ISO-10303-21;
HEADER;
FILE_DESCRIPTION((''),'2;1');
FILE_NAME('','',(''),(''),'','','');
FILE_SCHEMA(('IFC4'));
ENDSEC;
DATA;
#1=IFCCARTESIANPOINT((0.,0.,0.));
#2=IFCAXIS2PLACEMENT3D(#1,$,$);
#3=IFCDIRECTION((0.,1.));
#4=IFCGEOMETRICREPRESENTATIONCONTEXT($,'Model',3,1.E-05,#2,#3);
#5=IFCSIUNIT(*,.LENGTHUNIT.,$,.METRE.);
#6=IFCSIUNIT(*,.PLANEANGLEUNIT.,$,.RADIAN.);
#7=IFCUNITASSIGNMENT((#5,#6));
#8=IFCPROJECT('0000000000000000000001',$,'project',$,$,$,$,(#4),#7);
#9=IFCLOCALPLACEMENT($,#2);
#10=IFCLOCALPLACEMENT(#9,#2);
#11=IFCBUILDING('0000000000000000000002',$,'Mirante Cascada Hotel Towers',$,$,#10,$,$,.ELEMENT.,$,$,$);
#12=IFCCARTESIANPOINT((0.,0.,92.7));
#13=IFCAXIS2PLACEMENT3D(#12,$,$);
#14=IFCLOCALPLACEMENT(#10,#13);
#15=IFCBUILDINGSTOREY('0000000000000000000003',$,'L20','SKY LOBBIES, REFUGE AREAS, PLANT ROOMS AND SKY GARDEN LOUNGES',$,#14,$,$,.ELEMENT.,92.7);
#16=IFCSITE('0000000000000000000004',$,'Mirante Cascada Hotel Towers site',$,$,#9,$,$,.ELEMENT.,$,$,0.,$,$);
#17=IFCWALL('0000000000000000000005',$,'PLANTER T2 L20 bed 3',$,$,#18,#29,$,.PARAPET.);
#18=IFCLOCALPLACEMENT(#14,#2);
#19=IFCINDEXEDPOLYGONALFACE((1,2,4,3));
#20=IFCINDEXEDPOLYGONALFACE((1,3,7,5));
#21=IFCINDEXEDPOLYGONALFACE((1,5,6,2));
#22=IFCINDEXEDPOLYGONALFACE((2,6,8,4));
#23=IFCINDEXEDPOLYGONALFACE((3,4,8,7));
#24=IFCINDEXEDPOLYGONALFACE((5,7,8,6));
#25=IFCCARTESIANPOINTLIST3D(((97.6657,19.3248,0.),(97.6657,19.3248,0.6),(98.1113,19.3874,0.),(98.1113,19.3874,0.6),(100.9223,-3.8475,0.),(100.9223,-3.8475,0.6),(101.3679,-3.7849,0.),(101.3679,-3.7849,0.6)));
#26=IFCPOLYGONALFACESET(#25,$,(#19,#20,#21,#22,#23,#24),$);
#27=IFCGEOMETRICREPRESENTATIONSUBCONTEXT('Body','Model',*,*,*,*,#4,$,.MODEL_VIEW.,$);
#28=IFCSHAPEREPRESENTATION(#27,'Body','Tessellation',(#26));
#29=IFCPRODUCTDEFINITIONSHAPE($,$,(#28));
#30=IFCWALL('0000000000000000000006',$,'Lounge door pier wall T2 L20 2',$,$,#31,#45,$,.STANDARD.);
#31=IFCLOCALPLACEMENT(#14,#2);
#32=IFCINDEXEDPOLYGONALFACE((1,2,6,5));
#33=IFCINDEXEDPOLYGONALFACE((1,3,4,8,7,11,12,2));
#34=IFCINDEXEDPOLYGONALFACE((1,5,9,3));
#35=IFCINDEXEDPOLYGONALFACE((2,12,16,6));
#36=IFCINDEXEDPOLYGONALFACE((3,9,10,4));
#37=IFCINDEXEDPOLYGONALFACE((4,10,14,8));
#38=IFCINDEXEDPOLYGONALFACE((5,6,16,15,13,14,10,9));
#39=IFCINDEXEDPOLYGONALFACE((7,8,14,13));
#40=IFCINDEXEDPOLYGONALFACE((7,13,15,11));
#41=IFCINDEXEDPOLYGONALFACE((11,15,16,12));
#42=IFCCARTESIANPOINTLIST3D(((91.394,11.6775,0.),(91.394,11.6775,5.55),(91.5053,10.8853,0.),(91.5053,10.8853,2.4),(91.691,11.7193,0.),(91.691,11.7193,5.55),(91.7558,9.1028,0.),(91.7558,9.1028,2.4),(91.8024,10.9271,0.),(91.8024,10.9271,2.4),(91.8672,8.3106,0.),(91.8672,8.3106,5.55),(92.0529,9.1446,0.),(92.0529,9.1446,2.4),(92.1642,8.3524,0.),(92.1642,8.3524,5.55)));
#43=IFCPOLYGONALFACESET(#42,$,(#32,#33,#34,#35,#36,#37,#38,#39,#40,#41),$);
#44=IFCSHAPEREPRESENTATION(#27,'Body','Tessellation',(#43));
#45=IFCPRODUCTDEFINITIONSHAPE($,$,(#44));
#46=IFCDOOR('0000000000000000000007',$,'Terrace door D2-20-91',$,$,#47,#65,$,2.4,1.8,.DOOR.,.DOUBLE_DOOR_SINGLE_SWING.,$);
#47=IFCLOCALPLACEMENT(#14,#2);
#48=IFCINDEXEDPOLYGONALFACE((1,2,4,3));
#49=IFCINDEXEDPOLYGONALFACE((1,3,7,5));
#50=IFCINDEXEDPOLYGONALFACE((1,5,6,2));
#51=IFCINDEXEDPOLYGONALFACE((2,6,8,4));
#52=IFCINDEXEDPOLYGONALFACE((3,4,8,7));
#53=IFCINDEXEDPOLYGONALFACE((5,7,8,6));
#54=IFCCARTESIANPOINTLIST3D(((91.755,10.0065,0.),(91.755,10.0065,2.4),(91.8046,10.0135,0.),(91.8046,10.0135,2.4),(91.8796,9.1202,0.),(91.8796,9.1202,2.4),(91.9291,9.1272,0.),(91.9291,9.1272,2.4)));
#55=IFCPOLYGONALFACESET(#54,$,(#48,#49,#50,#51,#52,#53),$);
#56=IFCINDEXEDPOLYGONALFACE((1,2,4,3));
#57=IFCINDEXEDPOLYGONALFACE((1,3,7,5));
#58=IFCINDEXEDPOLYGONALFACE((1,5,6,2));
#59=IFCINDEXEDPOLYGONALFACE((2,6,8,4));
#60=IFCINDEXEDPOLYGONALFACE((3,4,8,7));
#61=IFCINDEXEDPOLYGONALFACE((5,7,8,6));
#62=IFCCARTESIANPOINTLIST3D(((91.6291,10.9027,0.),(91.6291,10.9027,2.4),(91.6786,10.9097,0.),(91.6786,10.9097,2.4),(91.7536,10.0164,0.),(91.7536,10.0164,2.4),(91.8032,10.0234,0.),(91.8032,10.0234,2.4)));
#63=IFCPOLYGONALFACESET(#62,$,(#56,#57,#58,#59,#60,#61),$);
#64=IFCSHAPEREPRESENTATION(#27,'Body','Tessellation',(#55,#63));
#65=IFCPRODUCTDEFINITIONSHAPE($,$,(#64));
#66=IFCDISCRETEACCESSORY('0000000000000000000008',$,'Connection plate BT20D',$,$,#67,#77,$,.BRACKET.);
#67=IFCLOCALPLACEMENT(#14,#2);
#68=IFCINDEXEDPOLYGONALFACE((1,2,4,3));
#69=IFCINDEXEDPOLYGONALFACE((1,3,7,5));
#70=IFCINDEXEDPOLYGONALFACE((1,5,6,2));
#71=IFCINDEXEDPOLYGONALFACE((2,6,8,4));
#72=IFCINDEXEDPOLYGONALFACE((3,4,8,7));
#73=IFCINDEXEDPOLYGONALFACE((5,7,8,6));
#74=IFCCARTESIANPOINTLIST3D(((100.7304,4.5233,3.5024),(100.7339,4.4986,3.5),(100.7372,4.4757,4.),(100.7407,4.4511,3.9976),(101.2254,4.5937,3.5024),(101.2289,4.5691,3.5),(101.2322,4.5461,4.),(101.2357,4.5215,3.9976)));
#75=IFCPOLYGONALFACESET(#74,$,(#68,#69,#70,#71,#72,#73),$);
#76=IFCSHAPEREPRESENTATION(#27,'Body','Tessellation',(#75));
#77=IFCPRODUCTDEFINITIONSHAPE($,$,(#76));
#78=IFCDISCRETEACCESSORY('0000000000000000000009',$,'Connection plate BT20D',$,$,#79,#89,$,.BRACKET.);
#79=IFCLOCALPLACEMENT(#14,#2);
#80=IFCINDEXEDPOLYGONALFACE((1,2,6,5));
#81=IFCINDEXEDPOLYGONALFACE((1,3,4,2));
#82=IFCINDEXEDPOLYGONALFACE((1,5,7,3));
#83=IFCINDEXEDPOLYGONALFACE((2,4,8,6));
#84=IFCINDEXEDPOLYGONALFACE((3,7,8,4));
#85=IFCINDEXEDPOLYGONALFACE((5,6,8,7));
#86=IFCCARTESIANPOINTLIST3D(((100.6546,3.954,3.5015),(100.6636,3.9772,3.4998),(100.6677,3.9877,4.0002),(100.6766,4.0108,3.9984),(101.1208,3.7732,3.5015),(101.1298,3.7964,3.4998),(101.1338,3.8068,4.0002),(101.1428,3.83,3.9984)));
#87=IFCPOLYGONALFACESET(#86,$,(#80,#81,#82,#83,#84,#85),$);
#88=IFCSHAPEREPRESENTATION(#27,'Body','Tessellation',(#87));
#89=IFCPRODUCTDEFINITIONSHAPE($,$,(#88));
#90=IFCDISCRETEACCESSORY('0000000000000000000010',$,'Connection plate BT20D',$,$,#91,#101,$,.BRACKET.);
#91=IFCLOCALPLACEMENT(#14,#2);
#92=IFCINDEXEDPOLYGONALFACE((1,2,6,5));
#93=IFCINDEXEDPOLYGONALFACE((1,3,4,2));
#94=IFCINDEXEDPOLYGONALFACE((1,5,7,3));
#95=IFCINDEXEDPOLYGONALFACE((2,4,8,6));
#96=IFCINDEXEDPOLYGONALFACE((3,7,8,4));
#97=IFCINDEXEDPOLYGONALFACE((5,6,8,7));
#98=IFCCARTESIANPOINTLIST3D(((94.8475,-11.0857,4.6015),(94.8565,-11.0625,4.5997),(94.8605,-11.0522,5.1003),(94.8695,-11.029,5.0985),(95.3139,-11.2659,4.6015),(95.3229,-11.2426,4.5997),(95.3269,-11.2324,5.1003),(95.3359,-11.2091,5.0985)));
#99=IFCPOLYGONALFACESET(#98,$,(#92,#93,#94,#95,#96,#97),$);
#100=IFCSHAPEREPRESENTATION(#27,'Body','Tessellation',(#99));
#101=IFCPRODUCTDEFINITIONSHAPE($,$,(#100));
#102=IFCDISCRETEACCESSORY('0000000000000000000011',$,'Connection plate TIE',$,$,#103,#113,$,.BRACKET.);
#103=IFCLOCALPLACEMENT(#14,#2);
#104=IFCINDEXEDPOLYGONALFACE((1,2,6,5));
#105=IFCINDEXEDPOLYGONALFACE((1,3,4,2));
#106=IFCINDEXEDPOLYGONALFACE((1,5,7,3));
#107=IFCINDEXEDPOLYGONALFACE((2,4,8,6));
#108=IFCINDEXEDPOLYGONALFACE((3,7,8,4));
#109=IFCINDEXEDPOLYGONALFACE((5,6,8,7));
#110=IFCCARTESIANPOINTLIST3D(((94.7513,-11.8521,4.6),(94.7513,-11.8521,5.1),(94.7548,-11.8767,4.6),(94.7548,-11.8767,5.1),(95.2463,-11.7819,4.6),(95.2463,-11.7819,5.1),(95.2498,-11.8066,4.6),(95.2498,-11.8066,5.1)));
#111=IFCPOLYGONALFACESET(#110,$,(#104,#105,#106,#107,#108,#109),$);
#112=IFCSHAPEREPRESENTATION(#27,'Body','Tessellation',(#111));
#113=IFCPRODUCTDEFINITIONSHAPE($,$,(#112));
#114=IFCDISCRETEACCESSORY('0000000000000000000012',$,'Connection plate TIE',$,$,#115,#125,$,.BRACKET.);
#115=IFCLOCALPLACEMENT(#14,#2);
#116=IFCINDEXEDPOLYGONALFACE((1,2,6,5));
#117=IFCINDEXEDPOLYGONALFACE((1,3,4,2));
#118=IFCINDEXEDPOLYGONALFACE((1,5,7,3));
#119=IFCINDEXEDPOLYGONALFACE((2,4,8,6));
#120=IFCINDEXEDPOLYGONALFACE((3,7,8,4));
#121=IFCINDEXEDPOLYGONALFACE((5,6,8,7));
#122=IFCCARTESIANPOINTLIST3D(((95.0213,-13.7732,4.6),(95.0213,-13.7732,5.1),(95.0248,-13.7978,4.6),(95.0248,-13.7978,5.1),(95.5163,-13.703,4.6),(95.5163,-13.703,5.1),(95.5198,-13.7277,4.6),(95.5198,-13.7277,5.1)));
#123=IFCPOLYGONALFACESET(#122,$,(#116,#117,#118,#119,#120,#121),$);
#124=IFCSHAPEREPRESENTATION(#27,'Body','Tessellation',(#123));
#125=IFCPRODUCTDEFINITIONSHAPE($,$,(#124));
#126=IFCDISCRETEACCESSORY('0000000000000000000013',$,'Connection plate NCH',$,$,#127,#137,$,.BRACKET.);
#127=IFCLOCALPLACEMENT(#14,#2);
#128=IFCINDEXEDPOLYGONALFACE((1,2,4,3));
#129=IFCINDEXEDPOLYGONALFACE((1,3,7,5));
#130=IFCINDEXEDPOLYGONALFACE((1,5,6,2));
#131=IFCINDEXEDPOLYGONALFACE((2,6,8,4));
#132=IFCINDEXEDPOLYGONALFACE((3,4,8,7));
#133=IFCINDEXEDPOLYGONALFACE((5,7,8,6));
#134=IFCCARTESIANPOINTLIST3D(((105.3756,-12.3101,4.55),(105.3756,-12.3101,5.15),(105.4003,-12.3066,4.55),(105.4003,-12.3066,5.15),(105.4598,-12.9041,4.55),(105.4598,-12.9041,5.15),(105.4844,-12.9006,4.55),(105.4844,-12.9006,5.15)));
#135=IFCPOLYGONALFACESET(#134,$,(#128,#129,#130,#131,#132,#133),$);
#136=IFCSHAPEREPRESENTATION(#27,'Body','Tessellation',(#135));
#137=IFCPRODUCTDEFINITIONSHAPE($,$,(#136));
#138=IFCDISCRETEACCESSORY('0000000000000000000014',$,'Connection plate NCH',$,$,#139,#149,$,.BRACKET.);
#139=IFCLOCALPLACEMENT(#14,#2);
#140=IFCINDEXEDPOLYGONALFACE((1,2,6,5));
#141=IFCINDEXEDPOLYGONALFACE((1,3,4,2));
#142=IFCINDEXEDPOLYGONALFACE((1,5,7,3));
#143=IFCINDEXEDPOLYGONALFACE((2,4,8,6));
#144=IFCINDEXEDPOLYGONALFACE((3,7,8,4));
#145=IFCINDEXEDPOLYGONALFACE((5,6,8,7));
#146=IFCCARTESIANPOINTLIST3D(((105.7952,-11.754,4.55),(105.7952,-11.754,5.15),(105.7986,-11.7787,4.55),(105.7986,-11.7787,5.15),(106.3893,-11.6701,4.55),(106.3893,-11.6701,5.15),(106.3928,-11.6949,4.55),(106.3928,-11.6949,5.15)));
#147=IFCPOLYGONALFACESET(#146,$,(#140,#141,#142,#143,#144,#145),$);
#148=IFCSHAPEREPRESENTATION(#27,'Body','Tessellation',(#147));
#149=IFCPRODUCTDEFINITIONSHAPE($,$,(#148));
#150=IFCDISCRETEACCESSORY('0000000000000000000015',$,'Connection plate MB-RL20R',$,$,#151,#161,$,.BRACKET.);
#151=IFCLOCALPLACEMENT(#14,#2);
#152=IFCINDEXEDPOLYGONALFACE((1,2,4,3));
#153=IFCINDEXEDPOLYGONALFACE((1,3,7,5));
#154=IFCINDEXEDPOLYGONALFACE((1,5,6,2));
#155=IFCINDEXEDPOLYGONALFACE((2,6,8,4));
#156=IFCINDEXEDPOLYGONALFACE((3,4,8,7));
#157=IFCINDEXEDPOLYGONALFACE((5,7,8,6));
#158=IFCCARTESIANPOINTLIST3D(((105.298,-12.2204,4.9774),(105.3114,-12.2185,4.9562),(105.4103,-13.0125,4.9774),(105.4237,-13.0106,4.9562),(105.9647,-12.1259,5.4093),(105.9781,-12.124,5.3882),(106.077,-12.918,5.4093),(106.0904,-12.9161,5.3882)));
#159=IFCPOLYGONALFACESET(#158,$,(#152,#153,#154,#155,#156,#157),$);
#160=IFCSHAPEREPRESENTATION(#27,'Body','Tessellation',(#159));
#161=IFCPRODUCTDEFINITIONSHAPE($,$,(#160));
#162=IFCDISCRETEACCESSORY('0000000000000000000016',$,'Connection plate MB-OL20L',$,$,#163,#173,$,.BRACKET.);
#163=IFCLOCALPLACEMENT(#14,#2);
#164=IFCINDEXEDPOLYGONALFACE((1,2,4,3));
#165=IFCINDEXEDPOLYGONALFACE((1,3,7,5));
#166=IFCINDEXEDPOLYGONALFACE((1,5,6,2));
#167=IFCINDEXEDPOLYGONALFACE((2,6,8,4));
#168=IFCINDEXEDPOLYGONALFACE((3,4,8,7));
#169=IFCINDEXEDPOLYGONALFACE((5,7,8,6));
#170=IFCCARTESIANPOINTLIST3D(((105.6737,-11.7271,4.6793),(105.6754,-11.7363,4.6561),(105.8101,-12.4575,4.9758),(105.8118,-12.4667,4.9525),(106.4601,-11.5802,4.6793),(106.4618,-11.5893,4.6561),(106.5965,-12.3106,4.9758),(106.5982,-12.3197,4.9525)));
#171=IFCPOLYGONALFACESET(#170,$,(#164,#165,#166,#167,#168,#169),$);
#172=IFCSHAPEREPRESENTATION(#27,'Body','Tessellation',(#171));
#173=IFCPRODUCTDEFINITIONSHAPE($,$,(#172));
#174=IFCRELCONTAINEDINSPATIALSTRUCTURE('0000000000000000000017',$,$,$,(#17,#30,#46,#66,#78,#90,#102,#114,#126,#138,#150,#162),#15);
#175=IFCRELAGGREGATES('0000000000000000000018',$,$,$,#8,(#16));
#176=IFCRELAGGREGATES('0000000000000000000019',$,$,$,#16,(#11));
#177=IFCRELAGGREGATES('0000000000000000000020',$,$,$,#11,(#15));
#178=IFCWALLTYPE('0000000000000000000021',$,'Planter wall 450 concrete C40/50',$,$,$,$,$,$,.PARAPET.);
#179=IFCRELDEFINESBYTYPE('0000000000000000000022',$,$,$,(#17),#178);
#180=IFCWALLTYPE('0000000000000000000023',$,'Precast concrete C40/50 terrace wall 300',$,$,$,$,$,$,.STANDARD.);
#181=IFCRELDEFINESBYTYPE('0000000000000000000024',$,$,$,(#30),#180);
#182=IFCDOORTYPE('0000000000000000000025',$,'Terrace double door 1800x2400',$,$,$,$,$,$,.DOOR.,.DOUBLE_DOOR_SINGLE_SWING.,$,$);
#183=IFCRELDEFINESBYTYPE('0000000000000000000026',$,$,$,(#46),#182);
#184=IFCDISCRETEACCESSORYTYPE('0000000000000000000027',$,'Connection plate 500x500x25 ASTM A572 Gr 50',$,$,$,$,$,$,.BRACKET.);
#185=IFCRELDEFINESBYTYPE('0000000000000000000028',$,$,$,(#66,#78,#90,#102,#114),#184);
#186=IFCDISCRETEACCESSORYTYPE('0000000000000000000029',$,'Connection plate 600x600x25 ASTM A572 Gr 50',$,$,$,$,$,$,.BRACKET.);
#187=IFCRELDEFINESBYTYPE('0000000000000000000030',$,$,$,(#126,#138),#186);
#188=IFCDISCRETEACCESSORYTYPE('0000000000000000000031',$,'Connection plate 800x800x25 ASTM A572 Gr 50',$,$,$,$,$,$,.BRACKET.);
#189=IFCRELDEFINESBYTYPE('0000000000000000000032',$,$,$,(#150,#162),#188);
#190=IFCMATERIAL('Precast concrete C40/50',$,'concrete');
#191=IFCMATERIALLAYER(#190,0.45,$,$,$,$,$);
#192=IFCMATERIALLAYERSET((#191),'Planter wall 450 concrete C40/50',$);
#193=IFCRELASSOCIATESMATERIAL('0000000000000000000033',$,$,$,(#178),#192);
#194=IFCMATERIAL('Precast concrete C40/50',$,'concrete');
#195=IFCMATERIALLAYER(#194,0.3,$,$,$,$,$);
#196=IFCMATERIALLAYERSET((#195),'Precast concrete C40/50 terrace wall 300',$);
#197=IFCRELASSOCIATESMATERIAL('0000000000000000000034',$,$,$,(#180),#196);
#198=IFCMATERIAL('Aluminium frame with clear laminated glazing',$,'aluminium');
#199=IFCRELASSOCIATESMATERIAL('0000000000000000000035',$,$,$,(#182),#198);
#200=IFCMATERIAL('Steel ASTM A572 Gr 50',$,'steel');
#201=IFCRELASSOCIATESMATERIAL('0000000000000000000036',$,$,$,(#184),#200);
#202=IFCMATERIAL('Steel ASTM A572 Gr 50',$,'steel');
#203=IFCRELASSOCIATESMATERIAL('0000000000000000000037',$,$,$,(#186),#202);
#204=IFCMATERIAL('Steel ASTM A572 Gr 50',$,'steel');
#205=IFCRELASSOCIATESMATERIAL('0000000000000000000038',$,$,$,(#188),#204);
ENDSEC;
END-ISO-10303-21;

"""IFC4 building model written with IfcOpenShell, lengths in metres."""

from ifc_helpers import new_model, si_unit, direction, frame, frame_2d, origin, origin_2d, place, context, subcontext, project, spatial, rectangle, extrude, material, layer, layer_set, material_profile, profile_set, type_object, element, fill, save


model = new_model("IFC4")

# Units and contexts
model_context = context("Model", 3, precision=1e-05, world=origin(), true_north=direction((0.0, 1.0)))
body_context = subcontext(model_context, "Body", "Model", "MODEL_VIEW")
ifc_project = project(units=[si_unit("LENGTHUNIT", "METRE"), si_unit("PLANEANGLEUNIT", "RADIAN")], contexts=[model_context])

# Site, building, storey
site_placement = place(None, origin())
site = spatial("IfcSite", under=ifc_project, at=site_placement, Name="Mirante Cascada Hotel Towers site", CompositionType="ELEMENT", RefElevation=0.0)
building_placement = place(site_placement, origin())
building = spatial("IfcBuilding", under=site, at=building_placement, Name="Mirante Cascada Hotel Towers", CompositionType="ELEMENT")
storey_placement = place(building_placement, frame((0.0, 0.0, 92.7)))
storey = spatial("IfcBuildingStorey", under=building, at=storey_placement, Name="L20", Description="SKY LOBBIES, REFUGE AREAS, PLANT ROOMS AND SKY GARDEN LOUNGES", CompositionType="ELEMENT", Elevation=92.7)

# Wall
ifc_material_1 = material(Name="Precast concrete C40/50", Category="concrete")
ifc_layer_1 = layer(ifc_material_1, 0.45)
ifc_layer_set_1 = layer_set([ifc_layer_1], Name="Planter wall 450 concrete C40/50")
wall_type_1 = type_object("IfcWallType", Name="Planter wall 450 concrete C40/50", PredefinedType="PARAPET", material=ifc_layer_set_1)
wall_1_placement = place(storey_placement, frame((101.1451, -3.8162, 0.0), z_axis=(0.0, 0.0, 1.0), x_axis=(-0.139171, 0.990268, 0.0)))
element("IfcWall", 1, at=wall_1_placement, inside=storey, type_object=wall_type_1, Name="PLANTER T2 L20 bed 3", PredefinedType="PARAPET", context=body_context, shape_type="SweptSolid", body=[
    extrude(rectangle(XDim=23.4, YDim=0.45, at=frame_2d((11.7, 0.0))), origin(), (0.0, 0.0, 1.0), 0.6),
])

# Wall, opening, door
ifc_material_2 = material(Name="Precast concrete C40/50", Category="concrete")
ifc_layer_2 = layer(ifc_material_2, 0.3)
ifc_layer_set_2 = layer_set([ifc_layer_2], Name="Precast concrete C40/50 terrace wall 300")
wall_type_2 = type_object("IfcWallType", Name="Precast concrete C40/50 terrace wall 300", PredefinedType="STANDARD", material=ifc_layer_set_2)
wall_2_placement = place(storey_placement, frame((92.0157, 8.3315, 0.0), z_axis=(0.0, 0.0, 1.0), x_axis=(-0.139177, 0.990267, 0.0)))
wall_2 = element("IfcWall", 2, at=wall_2_placement, inside=storey, type_object=wall_type_2, Name="Lounge door pier wall T2 L20 2", PredefinedType="STANDARD", context=body_context, shape_type="SweptSolid", body=[
    extrude(rectangle(XDim=3.4, YDim=0.3, at=frame_2d((1.7, 0.0))), origin(), (0.0, 0.0, 1.0), 5.55),
])
opening_placement = place(wall_2_placement, frame((0.8, 0.0, 0.0)))
opening = element("IfcOpeningElement", 3, at=opening_placement, cuts=wall_2, PredefinedType="OPENING", context=body_context, shape_type="SweptSolid", body=[
    extrude(rectangle(XDim=1.8, YDim=2.4, at=frame_2d((0.9, 1.2))), frame((0.0, 0.15, 0.0), z_axis=(0.0, -1.0, 0.0), x_axis=(1.0, 0.0, 0.0)), (0.0, 0.0, 1.0), 0.3),
])
ifc_material_3 = material(Name="Aluminium frame with clear laminated glazing", Category="aluminium")
door_type = type_object("IfcDoorType", Name="Terrace double door 1800x2400", OperationType="DOUBLE_DOOR_SINGLE_SWING", PredefinedType="DOOR", material=ifc_material_3)
door_placement = place(opening_placement, origin())
door = element("IfcDoor", 4, at=door_placement, inside=storey, type_object=door_type, Name="Terrace door D2-20-91", OperationType="DOUBLE_DOOR_SINGLE_SWING", OverallHeight=2.4, OverallWidth=1.8, PredefinedType="DOOR", context=body_context, shape_type="SweptSolid", body=[
    extrude(rectangle(XDim=0.895, YDim=2.4, at=frame_2d((0.4475, 1.2))), frame((0.0, 0.025, 0.0), z_axis=(0.0, -1.0, 0.0), x_axis=(1.0, 0.0, 0.0)), (0.0, 0.0, 1.0), 0.05),
    extrude(rectangle(XDim=0.895, YDim=2.4, at=frame_2d((1.3525, 1.2))), frame((0.0, 0.025, 0.0), z_axis=(0.0, -1.0, 0.0), x_axis=(1.0, 0.0, 0.0)), (0.0, 0.0, 1.0), 0.05),
])
fill(opening, door)

# Discrete accessories
ifc_material_4 = material(Name="Steel ASTM A572 Gr 50", Category="steel")
ifc_material_profile_1 = material_profile(ifc_material_4, rectangle(XDim=0.5, YDim=0.5, at=origin_2d()), Name="Connection plate 500x500x25 ASTM A572 Gr 50")
ifc_profile_set_1 = profile_set([ifc_material_profile_1], Name="Steel ASTM A572 Gr 50")
discrete_accessory_type_1 = type_object("IfcDiscreteAccessoryType", Name="Connection plate 500x500x25 ASTM A572 Gr 50", PredefinedType="BRACKET", material=ifc_profile_set_1)
discrete_accessory_1_placement = place(storey_placement, frame((100.9813, 4.5347, 3.7512), z_axis=(0.140205, -0.985444, -0.096141), x_axis=(0.99003, 0.140858, 0.0)))
element("IfcDiscreteAccessory", 5, at=discrete_accessory_1_placement, inside=storey, type_object=discrete_accessory_type_1, Name="Connection plate BT20D", PredefinedType="BRACKET", context=body_context, shape_type="SweptSolid", body=[
    extrude(rectangle(XDim=0.5, YDim=0.5, at=origin_2d()), origin(), (0.0, 0.0, 1.0), 0.025),
])
discrete_accessory_2_placement = place(storey_placement, frame((100.9032, 3.9036, 3.7491), z_axis=(-0.360728, -0.929876, 0.072146), x_axis=(0.932306, -0.36167, 0.0)))
element("IfcDiscreteAccessory", 6, at=discrete_accessory_2_placement, inside=storey, type_object=discrete_accessory_type_1, Name="Connection plate BT20D", PredefinedType="BRACKET", context=body_context, shape_type="SweptSolid", body=[
    extrude(rectangle(XDim=0.5, YDim=0.5, at=origin_2d()), origin(), (0.0, 0.0, 1.0), 0.0249),
])
discrete_accessory_3_placement = place(storey_placement, frame((95.0962, -11.1358, 4.8491), z_axis=(-0.359388, -0.930416, 0.071878), x_axis=(0.932829, -0.36032, 0.0)))
element("IfcDiscreteAccessory", 7, at=discrete_accessory_3_placement, inside=storey, type_object=discrete_accessory_type_1, Name="Connection plate BT20D", PredefinedType="BRACKET", context=body_context, shape_type="SweptSolid", body=[
    extrude(rectangle(XDim=0.5, YDim=0.5, at=origin_2d()), origin(), (0.0, 0.0, 1.0), 0.025),
])
for number, where, z_axis, x_axis, name in (
    (8, (94.9988, -11.817, 4.85), (0.140299, -0.990109, 0.0), (0.990109, 0.140299, 0.0), "Connection plate TIE"),
    (9, (95.2688, -13.7381, 4.85), (0.140299, -0.990109, 0.0), (0.990109, 0.140299, 0.0), "Connection plate TIE"),
):
    element("IfcDiscreteAccessory", number, at=place(storey_placement, frame(where, z_axis=z_axis, x_axis=x_axis)), inside=storey, type_object=discrete_accessory_type_1, Name=name, PredefinedType="BRACKET", context=body_context, shape_type="SweptSolid", body=[
        extrude(rectangle(XDim=0.5, YDim=0.5, at=origin_2d()), origin(), (0.0, 0.0, 1.0), 0.0249),
    ])
ifc_material_5 = material(Name="Steel ASTM A572 Gr 50", Category="steel")
ifc_material_profile_2 = material_profile(ifc_material_5, rectangle(XDim=0.6, YDim=0.6, at=origin_2d()), Name="Connection plate 600x600x25 ASTM A572 Gr 50")
ifc_profile_set_2 = profile_set([ifc_material_profile_2], Name="Steel ASTM A572 Gr 50")
discrete_accessory_type_2 = type_object("IfcDiscreteAccessoryType", Name="Connection plate 600x600x25 ASTM A572 Gr 50", PredefinedType="BRACKET", material=ifc_profile_set_2)
discrete_accessory_4_placement = place(storey_placement, frame((105.4177, -12.6071, 4.85), z_axis=(0.990109, 0.140299, 0.0), x_axis=(-0.140299, 0.990109, 0.0)))
element("IfcDiscreteAccessory", 10, at=discrete_accessory_4_placement, inside=storey, type_object=discrete_accessory_type_2, Name="Connection plate NCH", PredefinedType="BRACKET", context=body_context, shape_type="SweptSolid", body=[
    extrude(rectangle(XDim=0.6, YDim=0.6, at=origin_2d()), origin(), (0.0, 0.0, 1.0), 0.0249),
])
discrete_accessory_5_placement = place(storey_placement, frame((106.0957, -11.7368, 4.85), z_axis=(-0.139744, 0.990188, 0.0), x_axis=(-0.990188, -0.139744, 0.0)))
element("IfcDiscreteAccessory", 11, at=discrete_accessory_5_placement, inside=storey, type_object=discrete_accessory_type_2, Name="Connection plate NCH", PredefinedType="BRACKET", context=body_context, shape_type="SweptSolid", body=[
    extrude(rectangle(XDim=0.6, YDim=0.6, at=origin_2d()), origin(), (0.0, 0.0, 1.0), 0.025),
])
ifc_material_6 = material(Name="Steel ASTM A572 Gr 50", Category="steel")
ifc_material_profile_3 = material_profile(ifc_material_6, rectangle(XDim=0.8, YDim=0.8, at=origin_2d()), Name="Connection plate 800x800x25 ASTM A572 Gr 50")
ifc_profile_set_3 = profile_set([ifc_material_profile_3], Name="Steel ASTM A572 Gr 50")
discrete_accessory_type_3 = type_object("IfcDiscreteAccessoryType", Name="Connection plate 800x800x25 ASTM A572 Gr 50", PredefinedType="BRACKET", material=ifc_profile_set_3)
discrete_accessory_6_placement = place(storey_placement, frame((105.7009, -12.5673, 5.1722), z_axis=(-0.534556, -0.075795, 0.841727), x_axis=(0.140387, -0.990097, 0.0)))
element("IfcDiscreteAccessory", 12, at=discrete_accessory_6_placement, inside=storey, type_object=discrete_accessory_type_3, Name="Connection plate MB-RL20R", PredefinedType="BRACKET", context=body_context, shape_type="SweptSolid", body=[
    extrude(rectangle(XDim=0.8, YDim=0.8, at=origin_2d()), origin(), (0.0, 0.0, 1.0), 0.0251),
])
discrete_accessory_7_placement = place(storey_placement, frame((106.1368, -12.028, 4.8043), z_axis=(-0.068058, 0.364309, 0.928788), x_axis=(-0.982994, -0.183636, 0.0)))
element("IfcDiscreteAccessory", 13, at=discrete_accessory_7_placement, inside=storey, type_object=discrete_accessory_type_3, Name="Connection plate MB-OL20L", PredefinedType="BRACKET", context=body_context, shape_type="SweptSolid", body=[
    extrude(rectangle(XDim=0.8, YDim=0.8, at=origin_2d()), origin(), (0.0, 0.0, 1.0), 0.025),
])

save(model, "model.ifc")
